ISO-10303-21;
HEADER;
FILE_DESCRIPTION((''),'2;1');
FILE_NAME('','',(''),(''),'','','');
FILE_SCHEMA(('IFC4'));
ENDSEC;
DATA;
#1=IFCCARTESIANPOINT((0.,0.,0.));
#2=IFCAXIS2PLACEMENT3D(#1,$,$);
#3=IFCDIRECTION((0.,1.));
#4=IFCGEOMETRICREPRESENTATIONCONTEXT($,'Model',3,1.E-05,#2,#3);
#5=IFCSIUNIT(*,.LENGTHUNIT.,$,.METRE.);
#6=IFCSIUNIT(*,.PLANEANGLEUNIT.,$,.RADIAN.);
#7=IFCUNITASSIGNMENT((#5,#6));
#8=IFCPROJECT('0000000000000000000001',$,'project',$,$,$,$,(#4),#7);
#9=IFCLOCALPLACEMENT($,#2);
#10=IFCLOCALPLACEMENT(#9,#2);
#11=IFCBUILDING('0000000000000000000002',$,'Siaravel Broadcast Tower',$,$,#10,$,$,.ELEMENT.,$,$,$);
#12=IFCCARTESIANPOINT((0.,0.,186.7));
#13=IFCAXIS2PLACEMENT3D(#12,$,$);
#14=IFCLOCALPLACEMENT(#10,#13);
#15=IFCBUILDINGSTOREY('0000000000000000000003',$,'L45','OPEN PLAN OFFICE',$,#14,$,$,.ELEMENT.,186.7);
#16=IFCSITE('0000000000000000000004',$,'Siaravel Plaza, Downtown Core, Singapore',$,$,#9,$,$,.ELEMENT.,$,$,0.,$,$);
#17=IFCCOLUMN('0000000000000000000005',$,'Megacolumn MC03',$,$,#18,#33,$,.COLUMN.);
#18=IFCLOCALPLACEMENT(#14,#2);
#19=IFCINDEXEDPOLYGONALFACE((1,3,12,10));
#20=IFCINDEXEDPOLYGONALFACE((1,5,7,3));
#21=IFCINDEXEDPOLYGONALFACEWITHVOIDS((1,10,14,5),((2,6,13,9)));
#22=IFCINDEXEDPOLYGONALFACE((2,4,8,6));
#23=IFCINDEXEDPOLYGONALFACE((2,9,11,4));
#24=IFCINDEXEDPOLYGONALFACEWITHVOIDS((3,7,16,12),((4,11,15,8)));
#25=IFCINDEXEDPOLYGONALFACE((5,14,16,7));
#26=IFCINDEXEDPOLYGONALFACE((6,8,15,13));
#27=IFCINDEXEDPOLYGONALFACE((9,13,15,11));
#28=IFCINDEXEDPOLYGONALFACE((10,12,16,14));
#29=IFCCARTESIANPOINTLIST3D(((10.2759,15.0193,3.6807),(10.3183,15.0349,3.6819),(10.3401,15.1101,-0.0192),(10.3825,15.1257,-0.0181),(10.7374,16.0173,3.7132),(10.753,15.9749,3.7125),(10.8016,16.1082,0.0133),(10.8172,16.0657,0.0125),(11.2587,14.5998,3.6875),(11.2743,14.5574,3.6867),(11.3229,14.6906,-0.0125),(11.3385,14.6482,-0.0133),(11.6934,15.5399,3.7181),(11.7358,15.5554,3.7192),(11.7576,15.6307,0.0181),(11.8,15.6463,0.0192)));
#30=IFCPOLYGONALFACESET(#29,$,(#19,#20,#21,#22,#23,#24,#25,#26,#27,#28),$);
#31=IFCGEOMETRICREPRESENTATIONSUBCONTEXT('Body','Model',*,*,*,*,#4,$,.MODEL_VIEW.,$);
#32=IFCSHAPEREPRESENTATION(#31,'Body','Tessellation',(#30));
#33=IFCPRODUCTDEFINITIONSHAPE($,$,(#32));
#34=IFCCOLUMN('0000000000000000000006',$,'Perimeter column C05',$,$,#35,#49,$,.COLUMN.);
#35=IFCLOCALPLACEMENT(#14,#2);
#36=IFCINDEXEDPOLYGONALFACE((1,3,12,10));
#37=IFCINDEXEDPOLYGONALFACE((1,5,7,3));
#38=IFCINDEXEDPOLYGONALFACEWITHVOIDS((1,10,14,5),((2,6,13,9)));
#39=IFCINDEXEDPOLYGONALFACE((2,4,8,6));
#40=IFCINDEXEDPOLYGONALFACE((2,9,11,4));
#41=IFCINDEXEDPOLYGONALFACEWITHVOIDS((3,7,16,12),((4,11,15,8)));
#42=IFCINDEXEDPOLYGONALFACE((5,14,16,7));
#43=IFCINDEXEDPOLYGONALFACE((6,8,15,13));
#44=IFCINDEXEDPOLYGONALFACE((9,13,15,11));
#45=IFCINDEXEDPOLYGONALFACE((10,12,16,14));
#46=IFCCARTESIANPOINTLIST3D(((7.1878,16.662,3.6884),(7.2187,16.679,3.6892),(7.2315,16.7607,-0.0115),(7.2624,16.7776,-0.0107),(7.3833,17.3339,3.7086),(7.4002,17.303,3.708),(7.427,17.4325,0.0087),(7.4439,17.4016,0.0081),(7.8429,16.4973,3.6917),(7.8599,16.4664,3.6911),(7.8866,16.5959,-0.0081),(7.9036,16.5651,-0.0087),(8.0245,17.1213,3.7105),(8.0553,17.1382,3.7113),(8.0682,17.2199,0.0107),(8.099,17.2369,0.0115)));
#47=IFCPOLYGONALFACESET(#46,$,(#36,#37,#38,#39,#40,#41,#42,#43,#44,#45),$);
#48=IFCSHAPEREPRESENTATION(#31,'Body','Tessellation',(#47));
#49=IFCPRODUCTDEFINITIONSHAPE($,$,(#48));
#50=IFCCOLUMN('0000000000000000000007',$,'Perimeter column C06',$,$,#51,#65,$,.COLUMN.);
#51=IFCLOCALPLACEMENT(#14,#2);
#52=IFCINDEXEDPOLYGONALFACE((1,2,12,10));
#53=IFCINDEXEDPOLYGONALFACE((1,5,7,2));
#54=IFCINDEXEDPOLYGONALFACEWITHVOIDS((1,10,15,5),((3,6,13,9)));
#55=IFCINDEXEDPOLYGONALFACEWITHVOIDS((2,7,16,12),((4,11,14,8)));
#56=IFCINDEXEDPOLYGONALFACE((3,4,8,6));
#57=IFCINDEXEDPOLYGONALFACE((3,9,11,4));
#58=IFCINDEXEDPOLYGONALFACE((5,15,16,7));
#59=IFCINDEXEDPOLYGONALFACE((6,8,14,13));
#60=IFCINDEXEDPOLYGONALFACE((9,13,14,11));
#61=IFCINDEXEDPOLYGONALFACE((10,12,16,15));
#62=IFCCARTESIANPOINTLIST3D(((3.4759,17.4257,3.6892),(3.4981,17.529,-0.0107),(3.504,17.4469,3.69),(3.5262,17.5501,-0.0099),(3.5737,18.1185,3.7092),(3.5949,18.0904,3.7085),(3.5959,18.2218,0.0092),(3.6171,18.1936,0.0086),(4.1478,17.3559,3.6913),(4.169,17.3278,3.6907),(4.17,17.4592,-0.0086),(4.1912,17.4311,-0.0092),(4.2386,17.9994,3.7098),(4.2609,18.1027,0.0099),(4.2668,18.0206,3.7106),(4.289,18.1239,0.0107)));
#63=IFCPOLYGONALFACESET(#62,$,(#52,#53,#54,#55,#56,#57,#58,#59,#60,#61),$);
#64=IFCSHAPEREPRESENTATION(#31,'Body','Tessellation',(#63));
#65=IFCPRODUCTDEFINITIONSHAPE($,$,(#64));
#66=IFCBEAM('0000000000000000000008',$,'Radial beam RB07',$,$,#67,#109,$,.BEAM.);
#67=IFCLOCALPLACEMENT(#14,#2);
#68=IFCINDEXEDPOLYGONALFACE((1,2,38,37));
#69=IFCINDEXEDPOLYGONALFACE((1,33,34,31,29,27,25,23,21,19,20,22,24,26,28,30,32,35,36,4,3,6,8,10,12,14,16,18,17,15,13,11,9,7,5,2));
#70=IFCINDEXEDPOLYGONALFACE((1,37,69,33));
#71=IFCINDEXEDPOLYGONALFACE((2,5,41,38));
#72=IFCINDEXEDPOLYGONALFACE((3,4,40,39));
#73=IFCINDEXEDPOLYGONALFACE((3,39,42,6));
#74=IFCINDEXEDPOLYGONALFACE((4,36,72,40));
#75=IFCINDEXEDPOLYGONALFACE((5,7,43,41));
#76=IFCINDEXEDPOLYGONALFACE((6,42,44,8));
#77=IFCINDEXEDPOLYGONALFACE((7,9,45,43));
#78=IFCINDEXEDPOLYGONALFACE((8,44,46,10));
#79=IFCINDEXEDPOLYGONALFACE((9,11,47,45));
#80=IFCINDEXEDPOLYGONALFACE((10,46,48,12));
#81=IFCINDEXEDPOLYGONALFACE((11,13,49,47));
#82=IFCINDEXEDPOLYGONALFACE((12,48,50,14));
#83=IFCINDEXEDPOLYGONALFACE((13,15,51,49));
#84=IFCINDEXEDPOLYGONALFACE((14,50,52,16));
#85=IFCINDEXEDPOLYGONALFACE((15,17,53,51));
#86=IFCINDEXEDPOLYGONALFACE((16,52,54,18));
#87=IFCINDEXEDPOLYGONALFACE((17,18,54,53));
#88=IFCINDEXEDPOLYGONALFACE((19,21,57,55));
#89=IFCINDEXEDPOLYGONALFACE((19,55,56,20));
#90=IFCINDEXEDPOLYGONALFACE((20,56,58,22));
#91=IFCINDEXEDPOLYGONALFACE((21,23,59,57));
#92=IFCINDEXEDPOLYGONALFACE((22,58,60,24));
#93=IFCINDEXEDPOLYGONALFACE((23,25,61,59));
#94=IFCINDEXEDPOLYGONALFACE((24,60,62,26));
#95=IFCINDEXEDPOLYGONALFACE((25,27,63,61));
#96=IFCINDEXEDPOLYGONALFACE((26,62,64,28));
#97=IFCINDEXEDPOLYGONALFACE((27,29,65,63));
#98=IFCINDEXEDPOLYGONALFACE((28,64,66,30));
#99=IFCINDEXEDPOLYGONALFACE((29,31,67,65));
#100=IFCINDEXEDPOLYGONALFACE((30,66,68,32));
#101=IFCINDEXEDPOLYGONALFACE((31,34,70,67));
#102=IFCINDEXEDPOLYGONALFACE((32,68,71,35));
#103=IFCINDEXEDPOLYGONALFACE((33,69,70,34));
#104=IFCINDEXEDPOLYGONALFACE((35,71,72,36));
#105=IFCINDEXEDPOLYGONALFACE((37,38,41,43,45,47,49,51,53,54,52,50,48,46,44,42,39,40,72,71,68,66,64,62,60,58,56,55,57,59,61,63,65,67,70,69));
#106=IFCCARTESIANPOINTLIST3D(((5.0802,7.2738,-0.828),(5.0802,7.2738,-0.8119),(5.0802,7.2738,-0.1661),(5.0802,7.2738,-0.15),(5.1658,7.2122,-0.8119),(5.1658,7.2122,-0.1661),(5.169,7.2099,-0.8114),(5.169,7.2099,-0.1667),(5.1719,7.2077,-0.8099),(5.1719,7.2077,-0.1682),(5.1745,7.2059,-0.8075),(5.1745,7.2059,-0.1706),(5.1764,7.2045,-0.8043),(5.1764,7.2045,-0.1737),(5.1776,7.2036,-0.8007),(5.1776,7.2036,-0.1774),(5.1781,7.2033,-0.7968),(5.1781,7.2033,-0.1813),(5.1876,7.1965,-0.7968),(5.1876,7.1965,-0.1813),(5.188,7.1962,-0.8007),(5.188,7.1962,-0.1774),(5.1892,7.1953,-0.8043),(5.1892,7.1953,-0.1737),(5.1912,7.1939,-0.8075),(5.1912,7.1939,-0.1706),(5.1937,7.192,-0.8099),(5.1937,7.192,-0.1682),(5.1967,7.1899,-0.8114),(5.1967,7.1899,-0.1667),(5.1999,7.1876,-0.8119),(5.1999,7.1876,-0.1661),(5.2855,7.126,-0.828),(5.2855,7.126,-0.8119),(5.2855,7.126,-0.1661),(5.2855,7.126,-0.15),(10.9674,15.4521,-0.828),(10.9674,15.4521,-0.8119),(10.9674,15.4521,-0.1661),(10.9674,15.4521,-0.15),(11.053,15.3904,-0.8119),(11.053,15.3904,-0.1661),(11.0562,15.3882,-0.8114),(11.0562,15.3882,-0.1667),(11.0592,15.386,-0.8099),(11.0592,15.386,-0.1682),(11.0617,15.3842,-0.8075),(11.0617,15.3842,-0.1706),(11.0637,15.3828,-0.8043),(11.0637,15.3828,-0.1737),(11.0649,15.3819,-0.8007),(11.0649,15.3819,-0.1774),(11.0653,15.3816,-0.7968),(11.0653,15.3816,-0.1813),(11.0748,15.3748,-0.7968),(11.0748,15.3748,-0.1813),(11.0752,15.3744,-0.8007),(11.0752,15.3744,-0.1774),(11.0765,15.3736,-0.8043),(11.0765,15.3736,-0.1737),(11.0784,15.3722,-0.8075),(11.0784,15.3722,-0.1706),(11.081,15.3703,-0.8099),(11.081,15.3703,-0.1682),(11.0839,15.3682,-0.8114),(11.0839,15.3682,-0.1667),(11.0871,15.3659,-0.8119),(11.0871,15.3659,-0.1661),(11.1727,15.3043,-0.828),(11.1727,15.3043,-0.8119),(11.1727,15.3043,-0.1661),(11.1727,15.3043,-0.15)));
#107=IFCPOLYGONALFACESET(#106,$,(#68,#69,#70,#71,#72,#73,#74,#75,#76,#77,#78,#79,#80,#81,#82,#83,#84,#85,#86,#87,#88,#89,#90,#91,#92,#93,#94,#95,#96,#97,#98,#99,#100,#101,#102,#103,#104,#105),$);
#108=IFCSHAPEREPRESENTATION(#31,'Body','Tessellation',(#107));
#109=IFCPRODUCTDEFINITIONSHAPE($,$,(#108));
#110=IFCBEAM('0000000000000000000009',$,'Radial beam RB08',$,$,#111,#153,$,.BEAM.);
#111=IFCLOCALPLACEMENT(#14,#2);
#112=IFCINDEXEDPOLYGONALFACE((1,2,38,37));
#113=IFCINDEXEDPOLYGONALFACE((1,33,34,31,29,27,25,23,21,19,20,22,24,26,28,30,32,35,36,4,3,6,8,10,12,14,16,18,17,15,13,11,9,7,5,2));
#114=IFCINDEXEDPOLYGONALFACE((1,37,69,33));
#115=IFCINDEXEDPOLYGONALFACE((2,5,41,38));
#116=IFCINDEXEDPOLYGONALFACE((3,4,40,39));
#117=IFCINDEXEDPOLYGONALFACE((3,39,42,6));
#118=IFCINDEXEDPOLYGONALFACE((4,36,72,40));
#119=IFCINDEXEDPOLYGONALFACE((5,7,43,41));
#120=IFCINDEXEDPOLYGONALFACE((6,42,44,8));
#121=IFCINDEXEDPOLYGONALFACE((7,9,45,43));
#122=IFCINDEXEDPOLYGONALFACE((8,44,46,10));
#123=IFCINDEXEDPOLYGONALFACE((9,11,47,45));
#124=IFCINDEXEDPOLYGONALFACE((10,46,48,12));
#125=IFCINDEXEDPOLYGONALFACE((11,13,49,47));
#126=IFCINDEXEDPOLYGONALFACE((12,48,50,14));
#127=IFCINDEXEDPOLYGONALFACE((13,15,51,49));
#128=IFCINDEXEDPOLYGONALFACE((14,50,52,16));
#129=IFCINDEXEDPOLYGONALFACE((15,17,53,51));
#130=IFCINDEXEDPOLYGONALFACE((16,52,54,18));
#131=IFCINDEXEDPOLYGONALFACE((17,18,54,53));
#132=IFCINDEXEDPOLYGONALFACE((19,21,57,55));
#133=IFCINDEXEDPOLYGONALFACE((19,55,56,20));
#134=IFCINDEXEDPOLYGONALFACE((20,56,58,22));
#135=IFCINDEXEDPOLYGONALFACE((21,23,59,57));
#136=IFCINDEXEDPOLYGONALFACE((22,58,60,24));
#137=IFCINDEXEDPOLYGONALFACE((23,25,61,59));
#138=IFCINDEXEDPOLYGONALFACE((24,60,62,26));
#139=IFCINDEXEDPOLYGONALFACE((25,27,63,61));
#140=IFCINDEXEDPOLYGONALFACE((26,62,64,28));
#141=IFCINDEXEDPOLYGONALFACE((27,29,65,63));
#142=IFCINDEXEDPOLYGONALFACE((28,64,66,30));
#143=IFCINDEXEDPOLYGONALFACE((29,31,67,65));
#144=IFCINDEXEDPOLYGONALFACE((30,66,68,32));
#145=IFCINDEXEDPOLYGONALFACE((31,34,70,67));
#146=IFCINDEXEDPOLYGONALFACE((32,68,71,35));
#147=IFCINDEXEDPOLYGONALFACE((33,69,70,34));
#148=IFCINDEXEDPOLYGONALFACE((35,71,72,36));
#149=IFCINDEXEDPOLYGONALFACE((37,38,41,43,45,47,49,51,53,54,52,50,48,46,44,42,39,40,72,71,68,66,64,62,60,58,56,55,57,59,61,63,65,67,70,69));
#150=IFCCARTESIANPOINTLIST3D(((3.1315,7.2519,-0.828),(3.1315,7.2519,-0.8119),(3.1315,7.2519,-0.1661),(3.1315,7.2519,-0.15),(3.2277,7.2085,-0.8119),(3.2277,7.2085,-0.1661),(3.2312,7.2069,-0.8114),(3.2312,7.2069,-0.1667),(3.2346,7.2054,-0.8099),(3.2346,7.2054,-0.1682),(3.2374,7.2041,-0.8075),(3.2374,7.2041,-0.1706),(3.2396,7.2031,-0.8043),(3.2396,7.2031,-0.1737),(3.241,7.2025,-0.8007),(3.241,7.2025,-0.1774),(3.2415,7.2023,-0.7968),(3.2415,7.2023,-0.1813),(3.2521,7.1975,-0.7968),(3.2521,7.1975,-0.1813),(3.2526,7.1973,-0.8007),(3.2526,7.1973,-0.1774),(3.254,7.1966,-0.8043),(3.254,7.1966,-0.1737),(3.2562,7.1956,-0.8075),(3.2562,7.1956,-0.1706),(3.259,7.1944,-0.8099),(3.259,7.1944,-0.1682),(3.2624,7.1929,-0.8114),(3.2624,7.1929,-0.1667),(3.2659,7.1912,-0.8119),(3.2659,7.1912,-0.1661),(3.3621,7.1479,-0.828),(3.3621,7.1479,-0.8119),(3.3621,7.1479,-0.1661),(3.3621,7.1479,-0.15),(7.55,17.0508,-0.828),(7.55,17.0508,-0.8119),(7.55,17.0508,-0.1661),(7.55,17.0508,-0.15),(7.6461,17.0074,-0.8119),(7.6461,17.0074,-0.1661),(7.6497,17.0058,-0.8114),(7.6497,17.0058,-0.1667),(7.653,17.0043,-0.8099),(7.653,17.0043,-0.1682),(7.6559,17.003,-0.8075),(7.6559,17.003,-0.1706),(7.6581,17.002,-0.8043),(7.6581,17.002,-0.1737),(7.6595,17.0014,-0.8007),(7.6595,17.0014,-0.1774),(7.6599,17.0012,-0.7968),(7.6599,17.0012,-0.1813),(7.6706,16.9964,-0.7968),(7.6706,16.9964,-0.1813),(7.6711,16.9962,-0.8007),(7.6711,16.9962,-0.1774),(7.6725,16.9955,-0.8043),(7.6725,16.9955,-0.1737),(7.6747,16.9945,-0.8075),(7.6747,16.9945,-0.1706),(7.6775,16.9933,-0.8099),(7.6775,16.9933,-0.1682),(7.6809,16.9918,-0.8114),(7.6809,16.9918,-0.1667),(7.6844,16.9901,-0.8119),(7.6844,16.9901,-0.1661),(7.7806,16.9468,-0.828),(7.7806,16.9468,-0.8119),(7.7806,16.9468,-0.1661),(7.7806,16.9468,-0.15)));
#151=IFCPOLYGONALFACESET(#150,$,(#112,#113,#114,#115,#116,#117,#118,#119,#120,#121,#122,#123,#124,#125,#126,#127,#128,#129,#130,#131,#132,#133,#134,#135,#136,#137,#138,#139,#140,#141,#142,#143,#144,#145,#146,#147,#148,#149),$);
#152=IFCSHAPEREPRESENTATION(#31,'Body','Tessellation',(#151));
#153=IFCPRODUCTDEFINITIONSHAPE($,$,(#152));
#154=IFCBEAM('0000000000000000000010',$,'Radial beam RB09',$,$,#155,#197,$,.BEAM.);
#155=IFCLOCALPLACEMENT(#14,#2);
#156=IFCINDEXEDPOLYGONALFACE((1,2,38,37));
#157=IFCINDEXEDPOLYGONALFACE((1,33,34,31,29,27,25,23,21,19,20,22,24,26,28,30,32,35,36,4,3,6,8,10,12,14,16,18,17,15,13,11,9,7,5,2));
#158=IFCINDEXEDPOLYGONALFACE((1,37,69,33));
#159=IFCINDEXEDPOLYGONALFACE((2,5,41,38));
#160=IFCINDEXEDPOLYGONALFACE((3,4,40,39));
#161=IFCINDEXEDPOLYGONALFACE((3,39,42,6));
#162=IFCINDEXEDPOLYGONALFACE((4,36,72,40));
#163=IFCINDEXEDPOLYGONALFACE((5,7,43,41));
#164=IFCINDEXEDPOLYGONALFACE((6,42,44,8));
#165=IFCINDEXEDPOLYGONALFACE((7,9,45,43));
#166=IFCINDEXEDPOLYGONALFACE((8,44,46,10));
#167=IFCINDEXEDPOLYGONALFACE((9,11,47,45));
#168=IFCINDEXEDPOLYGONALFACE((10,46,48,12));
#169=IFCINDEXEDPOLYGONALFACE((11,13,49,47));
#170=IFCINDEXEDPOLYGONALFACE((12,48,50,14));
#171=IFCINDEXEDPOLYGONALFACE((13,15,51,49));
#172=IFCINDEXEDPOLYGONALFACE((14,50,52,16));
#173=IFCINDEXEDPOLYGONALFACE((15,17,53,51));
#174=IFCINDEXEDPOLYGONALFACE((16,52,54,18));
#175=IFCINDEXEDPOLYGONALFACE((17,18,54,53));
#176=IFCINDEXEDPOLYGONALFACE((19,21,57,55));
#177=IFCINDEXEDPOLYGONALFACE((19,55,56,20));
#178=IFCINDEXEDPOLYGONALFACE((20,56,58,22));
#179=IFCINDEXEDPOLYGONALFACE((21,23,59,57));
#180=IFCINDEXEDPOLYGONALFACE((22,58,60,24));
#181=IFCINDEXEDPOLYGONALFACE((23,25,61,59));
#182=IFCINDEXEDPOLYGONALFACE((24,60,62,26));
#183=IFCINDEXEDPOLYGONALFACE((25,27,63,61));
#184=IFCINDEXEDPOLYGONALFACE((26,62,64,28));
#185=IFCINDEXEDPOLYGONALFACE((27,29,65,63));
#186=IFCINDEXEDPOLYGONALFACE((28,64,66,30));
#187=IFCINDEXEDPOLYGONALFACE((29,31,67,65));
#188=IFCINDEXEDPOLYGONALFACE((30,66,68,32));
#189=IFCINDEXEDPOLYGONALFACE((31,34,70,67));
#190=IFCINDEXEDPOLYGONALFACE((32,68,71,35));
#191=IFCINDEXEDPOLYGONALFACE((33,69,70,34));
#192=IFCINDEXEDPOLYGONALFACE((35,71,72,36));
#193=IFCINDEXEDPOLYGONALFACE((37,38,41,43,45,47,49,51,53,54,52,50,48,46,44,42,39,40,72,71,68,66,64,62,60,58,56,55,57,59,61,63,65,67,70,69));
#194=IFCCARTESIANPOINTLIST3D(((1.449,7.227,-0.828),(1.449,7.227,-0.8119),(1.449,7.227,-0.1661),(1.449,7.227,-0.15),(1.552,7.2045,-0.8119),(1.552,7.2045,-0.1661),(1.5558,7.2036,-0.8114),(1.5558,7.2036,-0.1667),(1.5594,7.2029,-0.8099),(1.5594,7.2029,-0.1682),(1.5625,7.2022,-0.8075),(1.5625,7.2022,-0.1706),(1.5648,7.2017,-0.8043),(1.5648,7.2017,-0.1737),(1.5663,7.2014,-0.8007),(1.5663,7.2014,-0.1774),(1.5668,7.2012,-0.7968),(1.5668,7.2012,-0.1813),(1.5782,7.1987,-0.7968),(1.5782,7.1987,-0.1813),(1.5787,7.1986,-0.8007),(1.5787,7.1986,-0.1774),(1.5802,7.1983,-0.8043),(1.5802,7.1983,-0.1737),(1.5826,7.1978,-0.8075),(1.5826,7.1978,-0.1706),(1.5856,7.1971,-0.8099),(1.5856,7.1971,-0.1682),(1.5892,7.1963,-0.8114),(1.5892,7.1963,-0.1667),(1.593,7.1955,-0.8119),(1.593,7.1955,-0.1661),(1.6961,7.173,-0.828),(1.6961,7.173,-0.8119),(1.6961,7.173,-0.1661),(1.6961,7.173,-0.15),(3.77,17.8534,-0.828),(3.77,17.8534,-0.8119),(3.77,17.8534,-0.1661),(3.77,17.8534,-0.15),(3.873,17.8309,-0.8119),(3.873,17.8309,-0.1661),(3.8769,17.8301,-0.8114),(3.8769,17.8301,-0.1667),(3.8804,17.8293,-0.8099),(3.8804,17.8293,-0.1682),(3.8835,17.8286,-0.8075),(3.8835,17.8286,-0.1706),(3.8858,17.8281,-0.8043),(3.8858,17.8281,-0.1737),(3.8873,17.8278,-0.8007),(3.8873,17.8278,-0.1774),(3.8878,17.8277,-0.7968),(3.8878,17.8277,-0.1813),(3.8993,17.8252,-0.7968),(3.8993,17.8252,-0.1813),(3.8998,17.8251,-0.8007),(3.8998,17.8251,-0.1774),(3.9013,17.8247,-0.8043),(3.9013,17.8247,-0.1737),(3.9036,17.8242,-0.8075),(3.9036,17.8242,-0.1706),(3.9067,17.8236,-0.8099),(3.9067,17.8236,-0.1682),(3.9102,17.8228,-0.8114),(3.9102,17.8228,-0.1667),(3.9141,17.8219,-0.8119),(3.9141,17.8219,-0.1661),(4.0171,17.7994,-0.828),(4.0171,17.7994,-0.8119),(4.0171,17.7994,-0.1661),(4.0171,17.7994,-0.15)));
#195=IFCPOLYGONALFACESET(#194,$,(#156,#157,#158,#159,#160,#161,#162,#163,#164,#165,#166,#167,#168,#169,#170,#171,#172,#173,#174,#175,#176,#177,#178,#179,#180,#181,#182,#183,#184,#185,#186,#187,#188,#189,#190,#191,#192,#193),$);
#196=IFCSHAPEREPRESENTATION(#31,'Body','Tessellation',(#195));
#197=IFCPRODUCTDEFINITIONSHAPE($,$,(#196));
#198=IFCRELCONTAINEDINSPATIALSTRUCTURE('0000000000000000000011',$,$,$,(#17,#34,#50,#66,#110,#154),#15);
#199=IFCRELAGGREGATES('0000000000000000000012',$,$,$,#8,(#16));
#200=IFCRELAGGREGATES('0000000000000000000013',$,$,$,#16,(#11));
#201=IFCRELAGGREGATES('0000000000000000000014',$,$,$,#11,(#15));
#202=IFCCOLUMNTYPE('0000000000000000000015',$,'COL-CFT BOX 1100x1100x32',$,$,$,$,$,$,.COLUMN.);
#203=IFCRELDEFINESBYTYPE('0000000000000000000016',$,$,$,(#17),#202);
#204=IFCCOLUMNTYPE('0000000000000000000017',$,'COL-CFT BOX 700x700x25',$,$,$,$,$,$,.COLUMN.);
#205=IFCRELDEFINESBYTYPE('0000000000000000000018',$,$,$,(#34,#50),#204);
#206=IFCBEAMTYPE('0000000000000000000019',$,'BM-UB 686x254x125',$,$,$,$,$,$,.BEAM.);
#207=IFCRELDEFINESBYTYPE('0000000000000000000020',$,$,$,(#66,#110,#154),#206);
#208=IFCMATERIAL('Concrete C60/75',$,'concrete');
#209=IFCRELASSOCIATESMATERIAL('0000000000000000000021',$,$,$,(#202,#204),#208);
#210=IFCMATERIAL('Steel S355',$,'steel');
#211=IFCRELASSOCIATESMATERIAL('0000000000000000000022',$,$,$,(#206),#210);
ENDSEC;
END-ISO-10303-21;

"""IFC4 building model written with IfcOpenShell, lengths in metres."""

from ifc_helpers import new_model, si_unit, direction, frame, origin, origin_2d, place, context, subcontext, project, spatial, hollow_rectangle, i_section, extrude, material, material_profile, profile_set, type_object, element, save


model = new_model("IFC4")

# Units and contexts
model_context = context("Model", 3, precision=1e-05, world=origin(), true_north=direction((0.0, 1.0)))
body_context = subcontext(model_context, "Body", "Model", "MODEL_VIEW")
ifc_project = project(units=[si_unit("LENGTHUNIT", "METRE"), si_unit("PLANEANGLEUNIT", "RADIAN")], contexts=[model_context])

# Site, building, storey
site_placement = place(None, origin())
site = spatial("IfcSite", under=ifc_project, at=site_placement, Name="Siaravel Plaza, Downtown Core, Singapore", CompositionType="ELEMENT", RefElevation=0.0)
building_placement = place(site_placement, origin())
building = spatial("IfcBuilding", under=site, at=building_placement, Name="Siaravel Broadcast Tower", CompositionType="ELEMENT")
storey_placement = place(building_placement, frame((0.0, 0.0, 186.7)))
storey = spatial("IfcBuildingStorey", under=building, at=storey_placement, Name="L45", Description="OPEN PLAN OFFICE", CompositionType="ELEMENT", Elevation=186.7)

# Columns
ifc_material_1 = material(Name="Concrete C60/75", Category="concrete")
ifc_material_profile_1 = material_profile(ifc_material_1, hollow_rectangle(XDim=1.1001, YDim=1.1001, WallThickness=0.032, at=origin_2d()))
ifc_profile_set_1 = profile_set([ifc_material_profile_1], Name="Concrete C60/75")
column_type_1 = type_object("IfcColumnType", Name="COL-CFT BOX 1100x1100x32", PredefinedType="COLUMN", material=ifc_profile_set_1)
column_placement = place(storey_placement, frame((11.0701, 15.3782, 0.0), z_axis=(-0.017346, -0.024535, 0.999548), x_axis=(0.90757, -0.419866, 0.005444)))
element("IfcColumn", 1, at=column_placement, inside=storey, type_object=column_type_1, Name="Megacolumn MC03", PredefinedType="COLUMN", context=body_context, shape_type="SweptSolid", body=[
    extrude(hollow_rectangle(XDim=1.1001, YDim=1.1001, WallThickness=0.032, at=origin_2d()), origin(), (0.0, 0.0, 1.0), 3.7017),
])
ifc_material_profile_2 = material_profile(ifc_material_1, hollow_rectangle(XDim=0.7, YDim=0.7, WallThickness=0.0249, at=origin_2d()))
ifc_profile_set_2 = profile_set([ifc_material_profile_2], Name="Concrete C60/75")
column_type_2 = type_object("IfcColumnType", Name="COL-CFT BOX 700x700x25", PredefinedType="COLUMN", material=ifc_profile_set_2)
for number, where, z_axis, x_axis, name in (
    (2, (7.6653, 16.9988, 0.0), (-0.011806, -0.026647, 0.999575), (0.960151, -0.279456, 0.003891), "Perimeter column C05"),
    (3, (3.8936, 17.8264, 0.0), (-0.006002, -0.0279, 0.999593), (0.990167, -0.139876, 0.002041), "Perimeter column C06"),
):
    element("IfcColumn", number, at=place(storey_placement, frame(where, z_axis=z_axis, x_axis=x_axis)), inside=storey, type_object=column_type_2, Name=name, PredefinedType="COLUMN", context=body_context, shape_type="SweptSolid", body=[
        extrude(hollow_rectangle(XDim=0.7, YDim=0.7, WallThickness=0.0249, at=origin_2d()), origin(), (0.0, 0.0, 1.0), 3.7014),
    ])

# Beams
ifc_material_2 = material(Name="Steel S355", Category="steel")
ifc_material_profile_3 = material_profile(ifc_material_2, i_section(OverallWidth=0.2529, OverallDepth=0.678, WebThickness=0.0117, FlangeThickness=0.0161, FilletRadius=0.0151, at=origin_2d()))
ifc_profile_set_3 = profile_set([ifc_material_profile_3], Name="Steel S355")
beam_type = type_object("IfcBeamType", Name="BM-UB 686x254x125", PredefinedType="BEAM", material=ifc_profile_set_3)
beam_1_placement = place(storey_placement, frame((11.0701, 15.3782, -0.489), z_axis=(-0.584232, -0.811587, 0.0), x_axis=(0.811587, -0.584232, 0.0)))
element("IfcBeam", 4, at=beam_1_placement, inside=storey, type_object=beam_type, Name="Radial beam RB07", PredefinedType="BEAM", context=body_context, shape_type="SweptSolid", body=[
    extrude(i_section(OverallWidth=0.2529, OverallDepth=0.678, WebThickness=0.0117, FlangeThickness=0.0161, FilletRadius=0.0151, at=origin_2d()), origin(), (0.0, 0.0, 1.0), 10.0769),
])
beam_2_placement = place(storey_placement, frame((7.6653, 16.9988, -0.489), z_axis=(-0.41106, -0.911608, 0.0), x_axis=(0.911608, -0.41106, 0.0)))
element("IfcBeam", 5, at=beam_2_placement, inside=storey, type_object=beam_type, Name="Radial beam RB08", PredefinedType="BEAM", context=body_context, shape_type="SweptSolid", body=[
    extrude(i_section(OverallWidth=0.2529, OverallDepth=0.678, WebThickness=0.0117, FlangeThickness=0.0161, FilletRadius=0.0151, at=origin_2d()), origin(), (0.0, 0.0, 1.0), 10.749),
])
beam_3_placement = place(storey_placement, frame((3.8936, 17.8264, -0.489), z_axis=(-0.21339, -0.976967, 0.0), x_axis=(0.976967, -0.21339, 0.0)))
element("IfcBeam", 6, at=beam_3_placement, inside=storey, type_object=beam_type, Name="Radial beam RB09", PredefinedType="BEAM", context=body_context, shape_type="SweptSolid", body=[
    extrude(i_section(OverallWidth=0.2529, OverallDepth=0.678, WebThickness=0.0117, FlangeThickness=0.0161, FilletRadius=0.0151, at=origin_2d()), origin(), (0.0, 0.0, 1.0), 10.877),
])

save(model, "model.ifc")
